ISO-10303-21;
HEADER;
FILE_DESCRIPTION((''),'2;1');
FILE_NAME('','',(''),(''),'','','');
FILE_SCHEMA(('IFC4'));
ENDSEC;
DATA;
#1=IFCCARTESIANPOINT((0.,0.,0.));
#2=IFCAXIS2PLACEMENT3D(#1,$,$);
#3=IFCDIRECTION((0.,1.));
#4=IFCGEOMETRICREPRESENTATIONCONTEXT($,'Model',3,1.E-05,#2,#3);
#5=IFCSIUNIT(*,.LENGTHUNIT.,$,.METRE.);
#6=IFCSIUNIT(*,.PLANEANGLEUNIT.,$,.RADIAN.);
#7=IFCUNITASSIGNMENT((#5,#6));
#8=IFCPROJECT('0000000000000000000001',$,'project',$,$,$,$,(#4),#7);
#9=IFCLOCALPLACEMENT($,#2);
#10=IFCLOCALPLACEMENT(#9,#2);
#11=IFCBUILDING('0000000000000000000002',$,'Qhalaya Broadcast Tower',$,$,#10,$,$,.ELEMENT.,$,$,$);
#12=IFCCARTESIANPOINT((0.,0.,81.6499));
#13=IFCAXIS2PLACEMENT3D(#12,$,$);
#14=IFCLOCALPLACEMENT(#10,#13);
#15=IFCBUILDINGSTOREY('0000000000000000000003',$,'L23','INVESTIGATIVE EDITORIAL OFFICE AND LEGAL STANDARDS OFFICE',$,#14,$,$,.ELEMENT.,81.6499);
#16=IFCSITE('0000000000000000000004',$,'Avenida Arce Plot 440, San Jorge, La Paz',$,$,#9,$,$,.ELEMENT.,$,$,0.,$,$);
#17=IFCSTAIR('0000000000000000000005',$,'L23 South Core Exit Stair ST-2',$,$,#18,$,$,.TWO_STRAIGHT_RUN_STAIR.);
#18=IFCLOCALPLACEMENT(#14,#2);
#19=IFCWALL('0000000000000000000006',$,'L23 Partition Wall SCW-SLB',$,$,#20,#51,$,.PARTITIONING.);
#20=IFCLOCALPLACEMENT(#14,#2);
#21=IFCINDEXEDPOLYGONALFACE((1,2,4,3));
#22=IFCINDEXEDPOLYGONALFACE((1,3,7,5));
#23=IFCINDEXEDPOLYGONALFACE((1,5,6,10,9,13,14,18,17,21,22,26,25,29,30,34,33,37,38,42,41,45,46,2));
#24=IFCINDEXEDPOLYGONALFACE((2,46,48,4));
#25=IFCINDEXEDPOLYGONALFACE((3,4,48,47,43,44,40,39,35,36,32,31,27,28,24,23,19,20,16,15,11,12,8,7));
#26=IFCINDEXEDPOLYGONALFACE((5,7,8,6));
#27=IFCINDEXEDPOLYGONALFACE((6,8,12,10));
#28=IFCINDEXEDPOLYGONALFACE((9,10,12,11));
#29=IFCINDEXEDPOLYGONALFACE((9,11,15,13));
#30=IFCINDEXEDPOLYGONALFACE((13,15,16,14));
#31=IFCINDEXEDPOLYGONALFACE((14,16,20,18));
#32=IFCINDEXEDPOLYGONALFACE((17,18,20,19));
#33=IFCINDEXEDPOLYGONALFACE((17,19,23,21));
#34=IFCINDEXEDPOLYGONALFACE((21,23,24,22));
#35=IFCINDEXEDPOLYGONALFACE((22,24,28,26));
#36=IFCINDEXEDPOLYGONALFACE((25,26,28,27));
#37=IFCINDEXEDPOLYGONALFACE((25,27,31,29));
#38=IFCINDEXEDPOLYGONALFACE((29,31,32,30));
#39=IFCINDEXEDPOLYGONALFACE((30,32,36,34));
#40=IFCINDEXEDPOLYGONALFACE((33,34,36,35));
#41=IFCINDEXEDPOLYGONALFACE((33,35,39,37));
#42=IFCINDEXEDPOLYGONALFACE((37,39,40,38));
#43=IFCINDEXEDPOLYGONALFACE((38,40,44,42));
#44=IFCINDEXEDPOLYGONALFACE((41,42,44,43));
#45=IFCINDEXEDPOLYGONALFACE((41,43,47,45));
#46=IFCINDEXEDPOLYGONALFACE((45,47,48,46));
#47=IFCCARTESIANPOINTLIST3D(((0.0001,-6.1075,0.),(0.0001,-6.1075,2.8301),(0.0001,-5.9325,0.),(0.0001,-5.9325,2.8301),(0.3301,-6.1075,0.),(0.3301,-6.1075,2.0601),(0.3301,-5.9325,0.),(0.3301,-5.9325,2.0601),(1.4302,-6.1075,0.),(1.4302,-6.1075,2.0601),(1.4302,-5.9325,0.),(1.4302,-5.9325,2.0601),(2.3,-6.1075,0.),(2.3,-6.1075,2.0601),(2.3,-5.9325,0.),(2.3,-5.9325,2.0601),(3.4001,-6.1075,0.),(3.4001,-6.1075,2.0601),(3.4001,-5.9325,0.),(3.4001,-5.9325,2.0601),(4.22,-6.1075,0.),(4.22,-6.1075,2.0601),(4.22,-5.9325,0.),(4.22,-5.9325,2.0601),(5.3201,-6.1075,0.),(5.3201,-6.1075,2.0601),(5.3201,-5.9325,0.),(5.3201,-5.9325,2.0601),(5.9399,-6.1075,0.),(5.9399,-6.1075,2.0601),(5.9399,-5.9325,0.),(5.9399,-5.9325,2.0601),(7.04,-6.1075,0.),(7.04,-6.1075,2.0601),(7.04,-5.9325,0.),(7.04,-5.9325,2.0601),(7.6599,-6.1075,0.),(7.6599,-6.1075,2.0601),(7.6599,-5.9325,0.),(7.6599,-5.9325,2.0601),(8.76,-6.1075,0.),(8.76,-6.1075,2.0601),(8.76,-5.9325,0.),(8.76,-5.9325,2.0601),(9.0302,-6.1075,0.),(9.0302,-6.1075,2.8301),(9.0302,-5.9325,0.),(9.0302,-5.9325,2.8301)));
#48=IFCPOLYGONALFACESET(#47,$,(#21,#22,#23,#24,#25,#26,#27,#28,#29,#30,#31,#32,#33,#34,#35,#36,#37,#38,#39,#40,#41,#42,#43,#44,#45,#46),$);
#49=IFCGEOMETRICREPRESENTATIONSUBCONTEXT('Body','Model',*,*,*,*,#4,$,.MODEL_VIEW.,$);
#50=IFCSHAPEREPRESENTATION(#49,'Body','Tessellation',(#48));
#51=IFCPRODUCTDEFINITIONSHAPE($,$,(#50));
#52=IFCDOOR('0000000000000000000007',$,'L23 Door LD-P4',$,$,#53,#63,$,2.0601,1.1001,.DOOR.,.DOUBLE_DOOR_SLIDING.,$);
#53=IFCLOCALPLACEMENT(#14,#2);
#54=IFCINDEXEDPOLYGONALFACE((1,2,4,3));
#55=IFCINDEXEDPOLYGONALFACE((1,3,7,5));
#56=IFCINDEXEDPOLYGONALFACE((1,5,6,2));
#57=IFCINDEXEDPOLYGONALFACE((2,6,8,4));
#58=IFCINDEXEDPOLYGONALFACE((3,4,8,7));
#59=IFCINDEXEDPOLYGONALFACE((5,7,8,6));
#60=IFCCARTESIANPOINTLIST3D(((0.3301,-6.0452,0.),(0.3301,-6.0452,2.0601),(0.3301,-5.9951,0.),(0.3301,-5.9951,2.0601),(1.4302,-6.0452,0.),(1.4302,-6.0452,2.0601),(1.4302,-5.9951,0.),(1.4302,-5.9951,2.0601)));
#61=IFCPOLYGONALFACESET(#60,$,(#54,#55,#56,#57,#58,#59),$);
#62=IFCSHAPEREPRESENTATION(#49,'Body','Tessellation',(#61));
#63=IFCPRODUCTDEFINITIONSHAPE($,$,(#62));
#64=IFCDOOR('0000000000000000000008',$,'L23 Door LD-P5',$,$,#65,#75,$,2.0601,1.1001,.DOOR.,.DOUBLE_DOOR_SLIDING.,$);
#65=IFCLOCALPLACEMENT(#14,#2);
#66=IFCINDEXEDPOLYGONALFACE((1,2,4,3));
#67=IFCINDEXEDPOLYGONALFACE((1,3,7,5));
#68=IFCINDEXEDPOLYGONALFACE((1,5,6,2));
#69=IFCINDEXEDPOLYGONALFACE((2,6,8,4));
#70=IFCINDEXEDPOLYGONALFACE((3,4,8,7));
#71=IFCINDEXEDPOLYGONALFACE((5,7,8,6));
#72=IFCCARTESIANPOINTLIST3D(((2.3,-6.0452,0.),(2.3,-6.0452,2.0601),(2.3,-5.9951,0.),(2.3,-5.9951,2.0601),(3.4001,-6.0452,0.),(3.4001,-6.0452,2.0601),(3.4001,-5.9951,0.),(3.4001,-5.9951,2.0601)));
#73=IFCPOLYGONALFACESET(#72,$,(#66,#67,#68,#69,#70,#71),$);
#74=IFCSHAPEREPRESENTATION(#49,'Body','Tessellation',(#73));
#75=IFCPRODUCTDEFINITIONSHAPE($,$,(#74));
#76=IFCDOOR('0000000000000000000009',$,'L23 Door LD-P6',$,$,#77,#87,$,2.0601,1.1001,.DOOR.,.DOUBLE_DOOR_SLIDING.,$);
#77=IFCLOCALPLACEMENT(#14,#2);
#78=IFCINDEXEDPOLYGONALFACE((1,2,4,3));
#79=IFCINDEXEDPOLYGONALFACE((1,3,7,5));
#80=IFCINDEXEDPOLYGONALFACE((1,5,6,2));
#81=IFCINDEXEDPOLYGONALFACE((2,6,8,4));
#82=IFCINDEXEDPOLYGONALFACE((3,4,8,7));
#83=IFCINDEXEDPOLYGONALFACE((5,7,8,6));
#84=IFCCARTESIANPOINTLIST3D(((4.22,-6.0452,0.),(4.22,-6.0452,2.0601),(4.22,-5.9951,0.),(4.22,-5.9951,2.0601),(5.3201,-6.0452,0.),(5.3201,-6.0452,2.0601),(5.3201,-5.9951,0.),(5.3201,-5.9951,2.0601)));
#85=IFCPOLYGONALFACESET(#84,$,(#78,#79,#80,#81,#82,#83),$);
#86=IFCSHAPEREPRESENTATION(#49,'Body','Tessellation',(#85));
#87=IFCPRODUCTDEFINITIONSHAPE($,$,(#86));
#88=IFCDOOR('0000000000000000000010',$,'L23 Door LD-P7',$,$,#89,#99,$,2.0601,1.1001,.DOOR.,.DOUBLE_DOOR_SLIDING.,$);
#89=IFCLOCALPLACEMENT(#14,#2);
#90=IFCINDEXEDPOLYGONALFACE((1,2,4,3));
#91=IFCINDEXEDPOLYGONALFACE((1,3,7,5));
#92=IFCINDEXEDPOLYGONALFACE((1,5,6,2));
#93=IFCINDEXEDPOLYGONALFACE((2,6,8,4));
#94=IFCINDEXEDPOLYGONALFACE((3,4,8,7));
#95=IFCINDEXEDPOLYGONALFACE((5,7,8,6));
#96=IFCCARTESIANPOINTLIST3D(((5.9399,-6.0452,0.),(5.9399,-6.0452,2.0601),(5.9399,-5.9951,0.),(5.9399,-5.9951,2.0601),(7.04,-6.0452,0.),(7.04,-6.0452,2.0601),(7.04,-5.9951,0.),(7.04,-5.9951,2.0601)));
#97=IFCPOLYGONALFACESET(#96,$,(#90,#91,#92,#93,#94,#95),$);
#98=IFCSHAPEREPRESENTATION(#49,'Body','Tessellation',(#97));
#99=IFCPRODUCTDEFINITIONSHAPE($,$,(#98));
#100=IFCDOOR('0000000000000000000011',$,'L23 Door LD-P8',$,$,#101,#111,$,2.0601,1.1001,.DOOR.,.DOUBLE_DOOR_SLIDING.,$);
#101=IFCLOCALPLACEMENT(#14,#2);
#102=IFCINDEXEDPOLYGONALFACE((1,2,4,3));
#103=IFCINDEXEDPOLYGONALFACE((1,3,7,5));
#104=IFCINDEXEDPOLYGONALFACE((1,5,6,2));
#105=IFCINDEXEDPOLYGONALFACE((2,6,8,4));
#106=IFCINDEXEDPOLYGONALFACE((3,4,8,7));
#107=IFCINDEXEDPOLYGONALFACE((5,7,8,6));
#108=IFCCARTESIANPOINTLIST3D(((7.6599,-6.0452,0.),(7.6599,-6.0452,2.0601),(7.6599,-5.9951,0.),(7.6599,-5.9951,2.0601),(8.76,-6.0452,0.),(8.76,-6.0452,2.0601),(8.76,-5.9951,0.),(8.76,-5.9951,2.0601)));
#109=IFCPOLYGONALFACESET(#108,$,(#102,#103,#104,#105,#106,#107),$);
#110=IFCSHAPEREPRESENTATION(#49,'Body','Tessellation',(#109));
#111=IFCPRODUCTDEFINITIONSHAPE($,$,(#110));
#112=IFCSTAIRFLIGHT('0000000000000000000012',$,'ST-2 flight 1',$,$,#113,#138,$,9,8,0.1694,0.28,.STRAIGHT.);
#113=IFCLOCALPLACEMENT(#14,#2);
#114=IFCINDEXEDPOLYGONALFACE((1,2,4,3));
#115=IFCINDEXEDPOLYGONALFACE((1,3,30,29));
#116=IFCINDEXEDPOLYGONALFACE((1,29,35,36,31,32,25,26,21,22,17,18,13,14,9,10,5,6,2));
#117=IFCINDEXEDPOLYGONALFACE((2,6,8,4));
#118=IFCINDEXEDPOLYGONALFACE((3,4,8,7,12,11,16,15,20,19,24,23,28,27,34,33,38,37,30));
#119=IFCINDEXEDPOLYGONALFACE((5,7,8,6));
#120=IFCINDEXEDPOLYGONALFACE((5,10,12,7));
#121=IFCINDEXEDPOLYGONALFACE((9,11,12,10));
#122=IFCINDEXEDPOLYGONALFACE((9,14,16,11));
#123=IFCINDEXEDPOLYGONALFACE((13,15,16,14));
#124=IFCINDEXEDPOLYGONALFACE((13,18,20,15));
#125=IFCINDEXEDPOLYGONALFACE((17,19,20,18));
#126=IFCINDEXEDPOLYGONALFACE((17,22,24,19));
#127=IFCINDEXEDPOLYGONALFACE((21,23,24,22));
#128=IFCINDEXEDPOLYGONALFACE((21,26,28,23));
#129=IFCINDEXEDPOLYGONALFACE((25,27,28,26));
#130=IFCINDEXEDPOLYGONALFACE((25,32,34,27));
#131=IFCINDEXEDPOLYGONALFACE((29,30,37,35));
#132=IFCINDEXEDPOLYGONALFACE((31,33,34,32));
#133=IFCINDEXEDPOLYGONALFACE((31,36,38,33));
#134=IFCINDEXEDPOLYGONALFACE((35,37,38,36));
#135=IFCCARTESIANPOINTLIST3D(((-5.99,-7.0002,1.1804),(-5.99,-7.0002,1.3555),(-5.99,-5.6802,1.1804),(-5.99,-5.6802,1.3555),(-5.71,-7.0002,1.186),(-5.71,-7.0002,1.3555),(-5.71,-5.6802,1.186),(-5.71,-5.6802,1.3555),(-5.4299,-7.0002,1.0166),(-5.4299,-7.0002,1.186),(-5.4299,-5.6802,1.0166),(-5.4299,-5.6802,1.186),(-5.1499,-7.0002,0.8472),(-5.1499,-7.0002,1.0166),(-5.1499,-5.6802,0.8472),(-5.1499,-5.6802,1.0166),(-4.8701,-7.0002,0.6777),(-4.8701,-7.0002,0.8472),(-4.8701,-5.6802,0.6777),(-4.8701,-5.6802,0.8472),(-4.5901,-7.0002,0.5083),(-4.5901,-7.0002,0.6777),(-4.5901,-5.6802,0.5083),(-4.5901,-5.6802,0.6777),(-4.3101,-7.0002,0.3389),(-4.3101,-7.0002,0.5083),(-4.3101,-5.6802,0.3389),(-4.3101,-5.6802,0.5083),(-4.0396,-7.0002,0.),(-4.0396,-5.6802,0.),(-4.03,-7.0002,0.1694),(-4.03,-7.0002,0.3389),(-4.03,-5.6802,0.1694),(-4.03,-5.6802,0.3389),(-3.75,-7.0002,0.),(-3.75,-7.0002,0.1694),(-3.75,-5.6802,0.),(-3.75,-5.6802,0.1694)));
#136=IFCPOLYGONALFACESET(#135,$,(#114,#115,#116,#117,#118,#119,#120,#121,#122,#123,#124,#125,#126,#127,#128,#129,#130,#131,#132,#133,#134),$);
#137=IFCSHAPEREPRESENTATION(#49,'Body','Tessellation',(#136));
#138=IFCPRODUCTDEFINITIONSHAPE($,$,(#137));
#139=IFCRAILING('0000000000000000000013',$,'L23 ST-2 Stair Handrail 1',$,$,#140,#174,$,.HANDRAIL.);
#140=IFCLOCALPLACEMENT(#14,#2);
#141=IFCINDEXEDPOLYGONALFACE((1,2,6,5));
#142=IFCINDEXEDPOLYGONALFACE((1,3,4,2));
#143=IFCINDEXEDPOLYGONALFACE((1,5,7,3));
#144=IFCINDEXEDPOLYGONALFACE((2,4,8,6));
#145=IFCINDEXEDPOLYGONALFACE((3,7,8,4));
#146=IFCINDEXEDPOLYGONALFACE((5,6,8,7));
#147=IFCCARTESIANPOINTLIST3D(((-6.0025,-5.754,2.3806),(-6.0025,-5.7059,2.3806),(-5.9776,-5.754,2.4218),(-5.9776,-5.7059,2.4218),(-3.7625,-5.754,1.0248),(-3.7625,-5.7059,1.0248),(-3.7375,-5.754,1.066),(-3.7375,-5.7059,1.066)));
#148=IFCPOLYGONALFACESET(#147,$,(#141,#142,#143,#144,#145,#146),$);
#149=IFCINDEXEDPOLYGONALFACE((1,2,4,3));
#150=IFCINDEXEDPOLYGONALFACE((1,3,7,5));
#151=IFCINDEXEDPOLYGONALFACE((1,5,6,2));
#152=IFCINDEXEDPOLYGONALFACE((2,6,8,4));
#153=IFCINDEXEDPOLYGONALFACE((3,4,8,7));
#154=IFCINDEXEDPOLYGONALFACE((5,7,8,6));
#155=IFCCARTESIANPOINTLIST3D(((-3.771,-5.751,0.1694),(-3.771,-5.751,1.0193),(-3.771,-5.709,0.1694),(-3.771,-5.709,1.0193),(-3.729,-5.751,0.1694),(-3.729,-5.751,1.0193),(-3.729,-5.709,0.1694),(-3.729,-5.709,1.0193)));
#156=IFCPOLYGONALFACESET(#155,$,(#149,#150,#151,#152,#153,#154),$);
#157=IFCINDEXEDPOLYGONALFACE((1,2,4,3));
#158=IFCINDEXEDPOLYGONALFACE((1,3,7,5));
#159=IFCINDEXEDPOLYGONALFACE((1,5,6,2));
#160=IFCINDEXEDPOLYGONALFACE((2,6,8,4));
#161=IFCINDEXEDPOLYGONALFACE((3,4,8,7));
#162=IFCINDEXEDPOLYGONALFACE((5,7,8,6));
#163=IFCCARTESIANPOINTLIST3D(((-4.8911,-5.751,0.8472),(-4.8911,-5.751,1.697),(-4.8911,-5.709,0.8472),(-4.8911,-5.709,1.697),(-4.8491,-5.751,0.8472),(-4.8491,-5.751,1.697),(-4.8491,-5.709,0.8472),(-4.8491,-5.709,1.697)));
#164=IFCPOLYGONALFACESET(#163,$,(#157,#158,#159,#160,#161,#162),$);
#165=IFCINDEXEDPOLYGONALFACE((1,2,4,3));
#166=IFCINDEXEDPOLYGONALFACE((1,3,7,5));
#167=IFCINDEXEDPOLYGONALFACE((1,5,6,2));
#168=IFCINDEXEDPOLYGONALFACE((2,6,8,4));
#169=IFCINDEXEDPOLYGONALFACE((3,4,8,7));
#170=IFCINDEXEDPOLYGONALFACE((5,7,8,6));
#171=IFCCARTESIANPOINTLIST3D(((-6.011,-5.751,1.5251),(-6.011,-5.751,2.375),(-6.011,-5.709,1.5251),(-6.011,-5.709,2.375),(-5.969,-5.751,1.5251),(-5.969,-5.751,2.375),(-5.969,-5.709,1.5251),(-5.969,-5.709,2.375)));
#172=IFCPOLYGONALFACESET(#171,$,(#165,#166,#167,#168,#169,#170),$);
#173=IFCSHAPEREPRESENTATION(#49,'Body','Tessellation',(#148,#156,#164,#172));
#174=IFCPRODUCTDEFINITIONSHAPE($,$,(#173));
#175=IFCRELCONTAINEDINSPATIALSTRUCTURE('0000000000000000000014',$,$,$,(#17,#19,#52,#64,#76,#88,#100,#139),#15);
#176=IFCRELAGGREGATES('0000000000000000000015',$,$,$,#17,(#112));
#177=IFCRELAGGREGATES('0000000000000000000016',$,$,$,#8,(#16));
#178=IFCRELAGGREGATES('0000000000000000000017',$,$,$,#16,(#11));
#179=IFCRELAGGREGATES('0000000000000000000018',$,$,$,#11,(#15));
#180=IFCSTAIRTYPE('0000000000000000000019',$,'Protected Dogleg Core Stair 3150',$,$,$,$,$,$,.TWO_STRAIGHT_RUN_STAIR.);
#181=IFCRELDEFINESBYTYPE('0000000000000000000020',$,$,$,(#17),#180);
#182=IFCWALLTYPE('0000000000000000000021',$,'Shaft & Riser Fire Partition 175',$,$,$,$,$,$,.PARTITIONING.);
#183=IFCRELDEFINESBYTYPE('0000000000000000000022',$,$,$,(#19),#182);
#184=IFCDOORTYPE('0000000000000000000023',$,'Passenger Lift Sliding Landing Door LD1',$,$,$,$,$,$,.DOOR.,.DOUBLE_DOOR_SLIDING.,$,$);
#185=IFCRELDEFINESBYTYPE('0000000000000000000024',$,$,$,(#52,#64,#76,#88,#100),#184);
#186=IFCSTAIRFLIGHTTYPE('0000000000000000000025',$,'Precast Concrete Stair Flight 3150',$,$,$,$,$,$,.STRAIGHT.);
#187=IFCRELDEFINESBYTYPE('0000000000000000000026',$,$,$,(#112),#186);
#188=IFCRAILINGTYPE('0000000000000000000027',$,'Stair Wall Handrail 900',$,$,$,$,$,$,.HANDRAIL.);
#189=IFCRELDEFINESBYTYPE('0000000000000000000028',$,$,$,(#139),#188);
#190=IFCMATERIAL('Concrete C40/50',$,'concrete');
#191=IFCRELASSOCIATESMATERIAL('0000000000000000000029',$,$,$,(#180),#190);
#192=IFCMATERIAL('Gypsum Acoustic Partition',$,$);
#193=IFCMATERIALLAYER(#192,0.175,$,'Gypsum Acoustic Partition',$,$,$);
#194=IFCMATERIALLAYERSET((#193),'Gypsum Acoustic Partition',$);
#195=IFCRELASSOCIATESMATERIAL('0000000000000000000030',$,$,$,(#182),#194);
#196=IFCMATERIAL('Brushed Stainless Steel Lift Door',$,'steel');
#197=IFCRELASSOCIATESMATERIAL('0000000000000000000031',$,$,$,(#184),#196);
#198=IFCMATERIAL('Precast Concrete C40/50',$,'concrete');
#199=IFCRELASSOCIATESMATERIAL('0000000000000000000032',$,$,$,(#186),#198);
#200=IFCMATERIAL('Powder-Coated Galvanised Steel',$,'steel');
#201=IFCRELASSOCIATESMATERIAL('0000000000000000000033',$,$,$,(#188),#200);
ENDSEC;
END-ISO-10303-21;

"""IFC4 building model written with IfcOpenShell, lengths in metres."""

from ifc_helpers import new_model, si_unit, direction, frame, frame_2d, origin, origin_2d, place, context, subcontext, project, spatial, polyline, rectangle, outline, extrude, material, layer, layer_set, type_object, element, fill, aggregate, save


model = new_model("IFC4")

# Units and contexts
model_context = context("Model", 3, precision=1e-05, world=origin(), true_north=direction((0.0, 1.0)))
body_context = subcontext(model_context, "Body", "Model", "MODEL_VIEW")
ifc_project = project(units=[si_unit("LENGTHUNIT", "METRE"), si_unit("PLANEANGLEUNIT", "RADIAN")], contexts=[model_context])

# Site, building, storey
site_placement = place(None, origin())
site = spatial("IfcSite", under=ifc_project, at=site_placement, Name="Avenida Arce Plot 440, San Jorge, La Paz", CompositionType="ELEMENT", RefElevation=0.0)
building_placement = place(site_placement, origin())
building = spatial("IfcBuilding", under=site, at=building_placement, Name="Qhalaya Broadcast Tower", CompositionType="ELEMENT")
storey_placement = place(building_placement, frame((0.0, 0.0, 81.6499)))
storey = spatial("IfcBuildingStorey", under=building, at=storey_placement, Name="L23", Description="INVESTIGATIVE EDITORIAL OFFICE AND LEGAL STANDARDS OFFICE", CompositionType="ELEMENT", Elevation=81.6499)

# Stair
ifc_material_1 = material(Name="Concrete C40/50", Category="concrete")
stair_type = type_object("IfcStairType", Name="Protected Dogleg Core Stair 3150", PredefinedType="TWO_STRAIGHT_RUN_STAIR", material=ifc_material_1)
stair_1_placement = place(storey_placement, origin())
stair_1 = element("IfcStair", 1, at=stair_1_placement, inside=storey, type_object=stair_type, Name="L23 South Core Exit Stair ST-2", PredefinedType="TWO_STRAIGHT_RUN_STAIR")

# Shared definitions
ifc_material_2 = material(Name="Brushed Stainless Steel Lift Door", Category="steel")
ifc_material_3 = material(Name="Gypsum Acoustic Partition")
ifc_layer_1 = layer(ifc_material_3, 0.175, Name="Gypsum Acoustic Partition")
ifc_layer_set_1 = layer_set([ifc_layer_1], Name="Gypsum Acoustic Partition")
wall_type_1 = type_object("IfcWallType", Name="Shaft & Riser Fire Partition 175", PredefinedType="PARTITIONING", material=ifc_layer_set_1)

# Wall, openings, doors
wall_1_placement = place(storey_placement, frame((0.0, -6.02, 0.0), z_axis=(0.0, 0.0, 1.0), x_axis=(1.0, 0.0, 0.0)))
wall_1 = element("IfcWall", 2, at=wall_1_placement, inside=storey, type_object=wall_type_1, Name="L23 Partition Wall SCW-SLB", PredefinedType="PARTITIONING", context=body_context, shape_type="SweptSolid", body=[
    extrude(rectangle(XDim=9.03, YDim=0.175, at=frame_2d((4.5151, 0.0))), origin(), (0.0, 0.0, 1.0), 2.8301),
])
opening_1_placement = place(wall_1_placement, frame((0.3301, 0.0, 0.0)))
opening_1 = element("IfcOpeningElement", 3, at=opening_1_placement, cuts=wall_1, PredefinedType="OPENING", context=body_context, shape_type="SweptSolid", body=[
    extrude(rectangle(XDim=1.1001, YDim=2.0601, at=frame_2d((0.55, 1.03))), frame((0.0, 0.0996, 0.0), z_axis=(0.0, -1.0, 0.0), x_axis=(1.0, 0.0, 0.0)), (0.0, 0.0, 1.0), 0.199),
])
opening_2_placement = place(wall_1_placement, frame((2.3, 0.0, 0.0)))
opening_2 = element("IfcOpeningElement", 4, at=opening_2_placement, cuts=wall_1, PredefinedType="OPENING", context=body_context, shape_type="SweptSolid", body=[
    extrude(rectangle(XDim=1.1001, YDim=2.0601, at=frame_2d((0.55, 1.03))), frame((0.0, 0.0996, 0.0), z_axis=(0.0, -1.0, 0.0), x_axis=(1.0, 0.0, 0.0)), (0.0, 0.0, 1.0), 0.199),
])
opening_3_placement = place(wall_1_placement, frame((4.22, 0.0, 0.0)))
opening_3 = element("IfcOpeningElement", 5, at=opening_3_placement, cuts=wall_1, PredefinedType="OPENING", context=body_context, shape_type="SweptSolid", body=[
    extrude(rectangle(XDim=1.1001, YDim=2.0601, at=frame_2d((0.55, 1.03))), frame((0.0, 0.0996, 0.0), z_axis=(0.0, -1.0, 0.0), x_axis=(1.0, 0.0, 0.0)), (0.0, 0.0, 1.0), 0.199),
])
opening_4_placement = place(wall_1_placement, frame((5.9399, 0.0, 0.0)))
opening_4 = element("IfcOpeningElement", 6, at=opening_4_placement, cuts=wall_1, PredefinedType="OPENING", context=body_context, shape_type="SweptSolid", body=[
    extrude(rectangle(XDim=1.1001, YDim=2.0601, at=frame_2d((0.55, 1.03))), frame((0.0, 0.0996, 0.0), z_axis=(0.0, -1.0, 0.0), x_axis=(1.0, 0.0, 0.0)), (0.0, 0.0, 1.0), 0.199),
])
opening_5_placement = place(wall_1_placement, frame((7.6599, 0.0, 0.0)))
opening_5 = element("IfcOpeningElement", 7, at=opening_5_placement, cuts=wall_1, PredefinedType="OPENING", context=body_context, shape_type="SweptSolid", body=[
    extrude(rectangle(XDim=1.1001, YDim=2.0601, at=frame_2d((0.55, 1.03))), frame((0.0, 0.0996, 0.0), z_axis=(0.0, -1.0, 0.0), x_axis=(1.0, 0.0, 0.0)), (0.0, 0.0, 1.0), 0.199),
])
door_type_1 = type_object("IfcDoorType", Name="Passenger Lift Sliding Landing Door LD1", OperationType="DOUBLE_DOOR_SLIDING", PredefinedType="DOOR", material=ifc_material_2)
door_1_placement = place(opening_1_placement, origin())
door_1 = element("IfcDoor", 8, at=door_1_placement, inside=storey, type_object=door_type_1, Name="L23 Door LD-P4", OperationType="DOUBLE_DOOR_SLIDING", OverallHeight=2.0601, OverallWidth=1.1001, PredefinedType="DOOR", context=body_context, shape_type="SweptSolid", body=[
    extrude(rectangle(XDim=1.1001, YDim=2.0601, at=frame_2d((0.55, 1.03))), frame((0.0, 0.0249, 0.0), z_axis=(0.0, -1.0, 0.0), x_axis=(1.0, 0.0, 0.0)), (0.0, 0.0, 1.0), 0.05),
])
fill(opening_1, door_1)
door_2_placement = place(opening_2_placement, origin())
door_2 = element("IfcDoor", 9, at=door_2_placement, inside=storey, type_object=door_type_1, Name="L23 Door LD-P5", OperationType="DOUBLE_DOOR_SLIDING", OverallHeight=2.0601, OverallWidth=1.1001, PredefinedType="DOOR", context=body_context, shape_type="SweptSolid", body=[
    extrude(rectangle(XDim=1.1001, YDim=2.0601, at=frame_2d((0.55, 1.03))), frame((0.0, 0.0249, 0.0), z_axis=(0.0, -1.0, 0.0), x_axis=(1.0, 0.0, 0.0)), (0.0, 0.0, 1.0), 0.05),
])
fill(opening_2, door_2)
door_3_placement = place(opening_3_placement, origin())
door_3 = element("IfcDoor", 10, at=door_3_placement, inside=storey, type_object=door_type_1, Name="L23 Door LD-P6", OperationType="DOUBLE_DOOR_SLIDING", OverallHeight=2.0601, OverallWidth=1.1001, PredefinedType="DOOR", context=body_context, shape_type="SweptSolid", body=[
    extrude(rectangle(XDim=1.1001, YDim=2.0601, at=frame_2d((0.55, 1.03))), frame((0.0, 0.0249, 0.0), z_axis=(0.0, -1.0, 0.0), x_axis=(1.0, 0.0, 0.0)), (0.0, 0.0, 1.0), 0.05),
])
fill(opening_3, door_3)
door_4_placement = place(opening_4_placement, origin())
door_4 = element("IfcDoor", 11, at=door_4_placement, inside=storey, type_object=door_type_1, Name="L23 Door LD-P7", OperationType="DOUBLE_DOOR_SLIDING", OverallHeight=2.0601, OverallWidth=1.1001, PredefinedType="DOOR", context=body_context, shape_type="SweptSolid", body=[
    extrude(rectangle(XDim=1.1001, YDim=2.0601, at=frame_2d((0.55, 1.03))), frame((0.0, 0.0249, 0.0), z_axis=(0.0, -1.0, 0.0), x_axis=(1.0, 0.0, 0.0)), (0.0, 0.0, 1.0), 0.05),
])
fill(opening_4, door_4)
door_5_placement = place(opening_5_placement, origin())
door_5 = element("IfcDoor", 12, at=door_5_placement, inside=storey, type_object=door_type_1, Name="L23 Door LD-P8", OperationType="DOUBLE_DOOR_SLIDING", OverallHeight=2.0601, OverallWidth=1.1001, PredefinedType="DOOR", context=body_context, shape_type="SweptSolid", body=[
    extrude(rectangle(XDim=1.1001, YDim=2.0601, at=frame_2d((0.55, 1.03))), frame((0.0, 0.0249, 0.0), z_axis=(0.0, -1.0, 0.0), x_axis=(1.0, 0.0, 0.0)), (0.0, 0.0, 1.0), 0.05),
])
fill(opening_5, door_5)

# Stair flight
ifc_material_4 = material(Name="Precast Concrete C40/50", Category="concrete")
stair_flight_type = type_object("IfcStairFlightType", Name="Precast Concrete Stair Flight 3150", PredefinedType="STRAIGHT", material=ifc_material_4)
stair_flight_placement = place(storey_placement, frame((-3.75, -6.3401, 0.0), z_axis=(0.0, 0.0, 1.0), x_axis=(-1.0, 0.0, 0.0)))
stair_flight = element("IfcStairFlight", 13, at=stair_flight_placement, type_object=stair_flight_type, Name="ST-2 flight 1", NumberOfRisers=9, NumberOfTreads=8, PredefinedType="STRAIGHT", RiserHeight=0.1694, TreadLength=0.28, context=body_context, shape_type="SweptSolid", body=[
    extrude(outline(polyline([(0.0, 0.0), (0.0, 0.1694), (0.28, 0.1694), (0.28, 0.3389), (0.5601, 0.3389), (0.5601, 0.5083), (0.8401, 0.5083), (0.8401, 0.6777), (1.1201, 0.6777), (1.1201, 0.8472), (1.3999, 0.8472), (1.3999, 1.0166), (1.6799, 1.0166), (1.6799, 1.186), (1.96, 1.186), (1.96, 1.3555), (2.24, 1.3555), (2.24, 1.5249), (2.24, 1.1804), (0.2896, 0.0), (0.0, 0.0)])), frame((0.0, 0.6602, 0.0), z_axis=(0.0, -1.0, 0.0), x_axis=(1.0, 0.0, 0.0)), (0.0, 0.0, 1.0), 1.3201),
])
aggregate(stair_1, [stair_flight])

# Railing
ifc_material_5 = material(Name="Powder-Coated Galvanised Steel", Category="steel")
railing_type_1 = type_object("IfcRailingType", Name="Stair Wall Handrail 900", PredefinedType="HANDRAIL", material=ifc_material_5)
railing_1_placement = place(storey_placement, frame((-3.75, -5.73, 0.1694)))
element("IfcRailing", 14, at=railing_1_placement, inside=storey, type_object=railing_type_1, Name="L23 ST-2 Stair Handrail 1", PredefinedType="HANDRAIL", context=body_context, shape_type="SweptSolid", body=[
    extrude(rectangle(XDim=0.0481, YDim=0.0481, at=origin_2d()), frame((0.0, 0.0, 0.876), z_axis=(-0.855512, 0.0, 0.517783), x_axis=(0.0, -1.0, 0.0)), (0.0, 0.0, 1.0), 2.6184),
    extrude(rectangle(XDim=0.042, YDim=0.042, at=origin_2d()), origin(), (0.0, 0.0, 1.0), 0.8499),
    extrude(rectangle(XDim=0.042, YDim=0.042, at=origin_2d()), frame((-1.1201, 0.0, 0.6777)), (0.0, 0.0, 1.0), 0.8499),
    extrude(rectangle(XDim=0.042, YDim=0.042, at=origin_2d()), frame((-2.24, 0.0, 1.3557)), (0.0, 0.0, 1.0), 0.8499),
])

save(model, "model.ifc")
